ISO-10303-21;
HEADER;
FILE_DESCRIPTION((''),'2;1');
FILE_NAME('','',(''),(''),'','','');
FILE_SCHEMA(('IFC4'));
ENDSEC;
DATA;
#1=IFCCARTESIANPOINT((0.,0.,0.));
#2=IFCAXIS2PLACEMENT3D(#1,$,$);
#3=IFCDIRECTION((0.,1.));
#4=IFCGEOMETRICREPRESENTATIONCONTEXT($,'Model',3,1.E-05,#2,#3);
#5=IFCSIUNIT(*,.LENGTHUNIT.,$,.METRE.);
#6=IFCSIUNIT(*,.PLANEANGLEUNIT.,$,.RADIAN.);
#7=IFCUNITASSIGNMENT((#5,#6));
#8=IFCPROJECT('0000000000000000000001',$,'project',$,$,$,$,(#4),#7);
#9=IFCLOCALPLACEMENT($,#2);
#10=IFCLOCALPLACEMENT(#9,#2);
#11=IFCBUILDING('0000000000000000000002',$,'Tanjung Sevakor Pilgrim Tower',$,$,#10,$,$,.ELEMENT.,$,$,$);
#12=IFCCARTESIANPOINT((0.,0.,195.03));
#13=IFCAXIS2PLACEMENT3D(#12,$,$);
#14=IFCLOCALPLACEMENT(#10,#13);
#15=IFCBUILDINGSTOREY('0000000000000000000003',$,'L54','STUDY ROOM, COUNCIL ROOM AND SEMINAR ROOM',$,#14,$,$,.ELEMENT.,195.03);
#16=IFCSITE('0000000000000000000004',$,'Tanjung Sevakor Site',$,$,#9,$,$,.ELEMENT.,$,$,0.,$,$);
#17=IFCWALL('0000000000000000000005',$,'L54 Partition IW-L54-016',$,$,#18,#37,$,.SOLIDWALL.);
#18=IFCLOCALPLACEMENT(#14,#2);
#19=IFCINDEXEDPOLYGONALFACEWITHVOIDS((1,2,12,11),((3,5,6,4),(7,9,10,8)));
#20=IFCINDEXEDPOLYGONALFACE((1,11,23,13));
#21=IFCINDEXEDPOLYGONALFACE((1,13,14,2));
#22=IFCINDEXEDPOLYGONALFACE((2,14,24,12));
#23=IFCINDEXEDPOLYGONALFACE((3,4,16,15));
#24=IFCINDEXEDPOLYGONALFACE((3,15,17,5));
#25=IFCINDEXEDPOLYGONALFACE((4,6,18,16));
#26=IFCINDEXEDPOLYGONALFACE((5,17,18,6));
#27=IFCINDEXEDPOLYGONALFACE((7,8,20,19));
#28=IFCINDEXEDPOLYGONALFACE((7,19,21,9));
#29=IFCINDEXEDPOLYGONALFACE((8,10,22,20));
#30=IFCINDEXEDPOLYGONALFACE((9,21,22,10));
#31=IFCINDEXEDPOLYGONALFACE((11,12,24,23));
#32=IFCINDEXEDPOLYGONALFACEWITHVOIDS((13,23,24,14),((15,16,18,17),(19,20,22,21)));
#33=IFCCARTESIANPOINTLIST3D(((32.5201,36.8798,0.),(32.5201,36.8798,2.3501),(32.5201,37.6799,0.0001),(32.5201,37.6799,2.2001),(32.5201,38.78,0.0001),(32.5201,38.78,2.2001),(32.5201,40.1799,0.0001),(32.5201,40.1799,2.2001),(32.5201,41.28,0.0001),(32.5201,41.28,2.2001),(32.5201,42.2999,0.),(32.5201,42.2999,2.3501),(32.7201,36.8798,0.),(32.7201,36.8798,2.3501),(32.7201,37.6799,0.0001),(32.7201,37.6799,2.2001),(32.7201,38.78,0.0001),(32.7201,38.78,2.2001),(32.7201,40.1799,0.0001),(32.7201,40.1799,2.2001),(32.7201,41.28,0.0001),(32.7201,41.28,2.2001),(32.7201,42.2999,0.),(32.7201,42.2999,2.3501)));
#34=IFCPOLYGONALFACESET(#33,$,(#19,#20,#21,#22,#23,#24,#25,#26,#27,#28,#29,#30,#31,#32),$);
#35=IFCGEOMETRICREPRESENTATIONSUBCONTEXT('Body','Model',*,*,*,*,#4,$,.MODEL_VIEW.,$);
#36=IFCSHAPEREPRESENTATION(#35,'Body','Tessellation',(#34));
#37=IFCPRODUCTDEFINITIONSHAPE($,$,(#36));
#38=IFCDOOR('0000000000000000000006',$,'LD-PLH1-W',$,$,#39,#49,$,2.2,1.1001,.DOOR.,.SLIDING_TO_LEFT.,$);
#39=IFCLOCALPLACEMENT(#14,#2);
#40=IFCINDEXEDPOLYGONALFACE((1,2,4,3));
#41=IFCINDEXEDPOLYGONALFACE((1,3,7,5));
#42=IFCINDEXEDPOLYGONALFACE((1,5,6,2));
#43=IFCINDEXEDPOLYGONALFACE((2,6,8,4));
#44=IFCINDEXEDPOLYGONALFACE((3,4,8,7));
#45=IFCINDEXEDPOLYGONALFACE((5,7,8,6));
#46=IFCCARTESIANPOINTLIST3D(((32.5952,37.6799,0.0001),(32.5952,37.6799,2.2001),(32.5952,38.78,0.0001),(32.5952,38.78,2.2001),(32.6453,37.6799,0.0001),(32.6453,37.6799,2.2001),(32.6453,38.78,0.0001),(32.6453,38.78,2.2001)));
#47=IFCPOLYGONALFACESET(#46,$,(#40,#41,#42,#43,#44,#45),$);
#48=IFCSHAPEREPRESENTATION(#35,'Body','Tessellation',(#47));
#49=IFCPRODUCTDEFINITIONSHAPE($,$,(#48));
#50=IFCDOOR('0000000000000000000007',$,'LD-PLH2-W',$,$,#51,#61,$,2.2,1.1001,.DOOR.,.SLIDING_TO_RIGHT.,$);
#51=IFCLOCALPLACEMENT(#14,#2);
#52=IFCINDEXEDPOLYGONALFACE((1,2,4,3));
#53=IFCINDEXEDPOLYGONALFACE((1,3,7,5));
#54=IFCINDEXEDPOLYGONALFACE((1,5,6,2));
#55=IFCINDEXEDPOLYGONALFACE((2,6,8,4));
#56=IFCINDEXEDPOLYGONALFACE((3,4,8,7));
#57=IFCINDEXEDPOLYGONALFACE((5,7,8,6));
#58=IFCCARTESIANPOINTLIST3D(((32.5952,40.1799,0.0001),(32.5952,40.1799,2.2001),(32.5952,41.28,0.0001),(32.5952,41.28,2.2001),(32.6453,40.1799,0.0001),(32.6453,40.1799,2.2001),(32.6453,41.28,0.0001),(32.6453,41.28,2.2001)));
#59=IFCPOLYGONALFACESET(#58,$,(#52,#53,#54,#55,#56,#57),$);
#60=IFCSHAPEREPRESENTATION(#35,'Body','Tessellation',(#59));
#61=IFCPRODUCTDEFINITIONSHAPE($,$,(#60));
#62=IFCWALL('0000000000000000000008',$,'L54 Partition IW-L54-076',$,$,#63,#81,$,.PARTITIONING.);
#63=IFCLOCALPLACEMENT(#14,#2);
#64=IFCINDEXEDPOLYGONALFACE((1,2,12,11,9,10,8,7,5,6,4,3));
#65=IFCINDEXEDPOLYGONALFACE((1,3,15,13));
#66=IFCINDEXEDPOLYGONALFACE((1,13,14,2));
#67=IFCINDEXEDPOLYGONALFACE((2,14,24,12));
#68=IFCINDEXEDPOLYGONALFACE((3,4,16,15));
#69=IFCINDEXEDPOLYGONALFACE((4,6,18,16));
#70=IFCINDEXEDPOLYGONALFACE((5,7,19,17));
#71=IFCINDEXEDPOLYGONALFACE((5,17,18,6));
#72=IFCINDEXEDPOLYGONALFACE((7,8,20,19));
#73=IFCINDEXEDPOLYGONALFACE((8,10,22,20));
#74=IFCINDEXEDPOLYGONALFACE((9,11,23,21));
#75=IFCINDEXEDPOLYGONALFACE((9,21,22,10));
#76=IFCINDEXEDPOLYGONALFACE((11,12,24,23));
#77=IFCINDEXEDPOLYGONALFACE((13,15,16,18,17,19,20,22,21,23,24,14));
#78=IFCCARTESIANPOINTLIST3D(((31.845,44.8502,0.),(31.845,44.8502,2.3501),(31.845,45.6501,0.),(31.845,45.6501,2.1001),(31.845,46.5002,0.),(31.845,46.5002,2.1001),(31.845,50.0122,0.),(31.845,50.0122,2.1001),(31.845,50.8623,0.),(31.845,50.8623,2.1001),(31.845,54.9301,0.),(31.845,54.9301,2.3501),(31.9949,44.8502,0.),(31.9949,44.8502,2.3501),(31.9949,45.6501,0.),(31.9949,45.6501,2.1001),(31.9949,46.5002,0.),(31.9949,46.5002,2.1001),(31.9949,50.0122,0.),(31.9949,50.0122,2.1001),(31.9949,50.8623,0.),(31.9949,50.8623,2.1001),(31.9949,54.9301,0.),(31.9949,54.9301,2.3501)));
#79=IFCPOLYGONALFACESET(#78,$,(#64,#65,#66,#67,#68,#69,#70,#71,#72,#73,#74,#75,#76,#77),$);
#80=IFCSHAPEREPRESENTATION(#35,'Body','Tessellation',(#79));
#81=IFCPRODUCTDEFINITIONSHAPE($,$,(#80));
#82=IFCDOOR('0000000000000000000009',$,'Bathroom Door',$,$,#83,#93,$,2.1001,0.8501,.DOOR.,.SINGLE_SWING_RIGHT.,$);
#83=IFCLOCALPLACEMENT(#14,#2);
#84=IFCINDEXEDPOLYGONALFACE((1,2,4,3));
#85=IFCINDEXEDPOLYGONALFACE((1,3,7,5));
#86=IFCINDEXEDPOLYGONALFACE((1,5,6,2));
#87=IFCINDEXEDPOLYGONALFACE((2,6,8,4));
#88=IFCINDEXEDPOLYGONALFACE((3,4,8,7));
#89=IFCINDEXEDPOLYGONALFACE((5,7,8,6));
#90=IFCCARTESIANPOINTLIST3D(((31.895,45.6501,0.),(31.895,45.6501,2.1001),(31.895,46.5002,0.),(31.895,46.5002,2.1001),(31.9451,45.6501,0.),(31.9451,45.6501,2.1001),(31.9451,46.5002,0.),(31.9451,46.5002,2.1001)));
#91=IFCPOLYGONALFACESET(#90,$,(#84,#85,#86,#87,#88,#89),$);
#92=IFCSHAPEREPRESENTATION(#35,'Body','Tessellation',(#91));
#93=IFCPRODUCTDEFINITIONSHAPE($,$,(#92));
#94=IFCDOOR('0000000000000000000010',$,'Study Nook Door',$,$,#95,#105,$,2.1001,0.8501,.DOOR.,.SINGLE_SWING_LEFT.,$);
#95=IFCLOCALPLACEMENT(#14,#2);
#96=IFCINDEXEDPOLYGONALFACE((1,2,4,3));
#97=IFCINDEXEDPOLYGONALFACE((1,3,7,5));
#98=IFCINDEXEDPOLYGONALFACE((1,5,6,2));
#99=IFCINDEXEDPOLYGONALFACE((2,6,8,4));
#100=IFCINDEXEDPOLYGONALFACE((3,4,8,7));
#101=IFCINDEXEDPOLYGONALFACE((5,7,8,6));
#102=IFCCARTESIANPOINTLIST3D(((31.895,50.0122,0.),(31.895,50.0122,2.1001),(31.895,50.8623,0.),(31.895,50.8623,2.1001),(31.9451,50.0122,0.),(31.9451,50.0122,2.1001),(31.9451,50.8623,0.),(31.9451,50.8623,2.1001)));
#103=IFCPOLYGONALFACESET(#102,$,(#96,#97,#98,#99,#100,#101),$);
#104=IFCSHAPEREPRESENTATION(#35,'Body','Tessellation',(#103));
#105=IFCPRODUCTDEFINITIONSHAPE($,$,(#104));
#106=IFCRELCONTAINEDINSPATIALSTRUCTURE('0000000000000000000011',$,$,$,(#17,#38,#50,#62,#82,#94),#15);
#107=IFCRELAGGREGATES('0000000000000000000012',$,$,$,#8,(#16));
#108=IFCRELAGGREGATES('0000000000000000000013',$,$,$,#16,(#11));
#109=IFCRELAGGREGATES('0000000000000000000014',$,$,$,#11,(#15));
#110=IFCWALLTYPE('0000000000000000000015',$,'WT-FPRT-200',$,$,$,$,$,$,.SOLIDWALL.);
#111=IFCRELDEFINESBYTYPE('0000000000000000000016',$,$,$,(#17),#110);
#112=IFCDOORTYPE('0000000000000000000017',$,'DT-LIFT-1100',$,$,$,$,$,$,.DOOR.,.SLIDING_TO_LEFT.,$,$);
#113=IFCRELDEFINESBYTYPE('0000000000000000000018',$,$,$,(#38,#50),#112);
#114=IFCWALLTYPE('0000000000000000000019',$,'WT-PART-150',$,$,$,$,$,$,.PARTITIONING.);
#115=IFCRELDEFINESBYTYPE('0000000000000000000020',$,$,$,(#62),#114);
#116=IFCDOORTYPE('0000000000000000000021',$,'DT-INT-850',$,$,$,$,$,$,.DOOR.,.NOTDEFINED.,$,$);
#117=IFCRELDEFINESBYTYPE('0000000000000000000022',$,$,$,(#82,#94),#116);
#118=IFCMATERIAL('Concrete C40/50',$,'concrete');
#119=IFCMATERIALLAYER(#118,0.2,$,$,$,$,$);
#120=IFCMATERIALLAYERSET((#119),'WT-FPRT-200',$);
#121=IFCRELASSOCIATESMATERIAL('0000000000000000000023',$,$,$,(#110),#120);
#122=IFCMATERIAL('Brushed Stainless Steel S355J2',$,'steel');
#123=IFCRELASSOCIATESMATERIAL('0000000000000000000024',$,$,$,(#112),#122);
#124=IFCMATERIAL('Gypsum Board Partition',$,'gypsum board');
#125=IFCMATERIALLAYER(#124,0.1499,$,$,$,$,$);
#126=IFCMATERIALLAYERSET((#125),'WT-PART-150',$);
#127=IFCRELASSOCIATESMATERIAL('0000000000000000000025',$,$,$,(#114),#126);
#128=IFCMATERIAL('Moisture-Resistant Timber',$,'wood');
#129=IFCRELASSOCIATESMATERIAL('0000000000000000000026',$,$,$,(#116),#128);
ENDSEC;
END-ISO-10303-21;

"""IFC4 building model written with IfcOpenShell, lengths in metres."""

from ifc_helpers import new_model, si_unit, direction, frame, frame_2d, origin, place, context, subcontext, project, spatial, rectangle, extrude, material, layer, layer_set, type_object, element, fill, save


model = new_model("IFC4")

# Units and contexts
model_context = context("Model", 3, precision=1e-05, world=origin(), true_north=direction((0.0, 1.0)))
body_context = subcontext(model_context, "Body", "Model", "MODEL_VIEW")
ifc_project = project(units=[si_unit("LENGTHUNIT", "METRE"), si_unit("PLANEANGLEUNIT", "RADIAN")], contexts=[model_context])

# Site, building, storey
site_placement = place(None, origin())
site = spatial("IfcSite", under=ifc_project, at=site_placement, Name="Tanjung Sevakor Site", CompositionType="ELEMENT", RefElevation=0.0)
building_placement = place(site_placement, origin())
building = spatial("IfcBuilding", under=site, at=building_placement, Name="Tanjung Sevakor Pilgrim Tower", CompositionType="ELEMENT")
storey_placement = place(building_placement, frame((0.0, 0.0, 195.03)))
storey = spatial("IfcBuildingStorey", under=building, at=storey_placement, Name="L54", Description="STUDY ROOM, COUNCIL ROOM AND SEMINAR ROOM", CompositionType="ELEMENT", Elevation=195.03)

# Shared definitions
ifc_material_1 = material(Name="Concrete C40/50", Category="concrete")
ifc_layer_1 = layer(ifc_material_1, 0.2)
ifc_layer_set_1 = layer_set([ifc_layer_1], Name="WT-FPRT-200")
wall_type_1 = type_object("IfcWallType", Name="WT-FPRT-200", PredefinedType="SOLIDWALL", material=ifc_layer_set_1)

# Walls, openings, doors
wall_1_placement = place(storey_placement, frame((32.6201, 36.8799, 0.0), z_axis=(0.0, 0.0, 1.0), x_axis=(0.0, 1.0, 0.0)))
wall_1 = element("IfcWall", 1, at=wall_1_placement, inside=storey, type_object=wall_type_1, Name="L54 Partition IW-L54-016", PredefinedType="SOLIDWALL", context=body_context, shape_type="SweptSolid", body=[
    extrude(rectangle(XDim=5.4202, YDim=0.2, at=frame_2d((2.71, 0.0))), origin(), (0.0, 0.0, 1.0), 2.3501),
])
opening_1_placement = place(wall_1_placement, frame((0.8, 0.0, 0.0)))
opening_1 = element("IfcOpeningElement", 2, at=opening_1_placement, cuts=wall_1, PredefinedType="OPENING", context=body_context, shape_type="SweptSolid", body=[
    extrude(rectangle(XDim=1.1001, YDim=2.2, at=frame_2d((0.55, 1.1001))), frame((0.0, 0.1099, 0.0), z_axis=(0.0, -1.0, 0.0), x_axis=(1.0, 0.0, 0.0)), (0.0, 0.0, 1.0), 0.22),
])
opening_2_placement = place(wall_1_placement, frame((3.3, 0.0, 0.0)))
opening_2 = element("IfcOpeningElement", 3, at=opening_2_placement, cuts=wall_1, PredefinedType="OPENING", context=body_context, shape_type="SweptSolid", body=[
    extrude(rectangle(XDim=1.1001, YDim=2.2, at=frame_2d((0.55, 1.1001))), frame((0.0, 0.1099, 0.0), z_axis=(0.0, -1.0, 0.0), x_axis=(1.0, 0.0, 0.0)), (0.0, 0.0, 1.0), 0.22),
])
ifc_material_2 = material(Name="Brushed Stainless Steel S355J2", Category="steel")
door_type_1 = type_object("IfcDoorType", Name="DT-LIFT-1100", OperationType="SLIDING_TO_LEFT", PredefinedType="DOOR", material=ifc_material_2)
door_1_placement = place(opening_1_placement, origin())
door_1 = element("IfcDoor", 4, at=door_1_placement, inside=storey, type_object=door_type_1, Name="LD-PLH1-W", OperationType="SLIDING_TO_LEFT", OverallHeight=2.2, OverallWidth=1.1001, PredefinedType="DOOR", context=body_context, shape_type="SweptSolid", body=[
    extrude(rectangle(XDim=1.1001, YDim=2.2, at=frame_2d((0.55, 1.1001))), frame((0.0, 0.0249, 0.0), z_axis=(0.0, -1.0, 0.0), x_axis=(1.0, 0.0, 0.0)), (0.0, 0.0, 1.0), 0.05),
])
fill(opening_1, door_1)
door_2_placement = place(opening_2_placement, origin())
door_2 = element("IfcDoor", 5, at=door_2_placement, inside=storey, type_object=door_type_1, Name="LD-PLH2-W", OperationType="SLIDING_TO_RIGHT", OverallHeight=2.2, OverallWidth=1.1001, PredefinedType="DOOR", context=body_context, shape_type="SweptSolid", body=[
    extrude(rectangle(XDim=1.1001, YDim=2.2, at=frame_2d((0.55, 1.1001))), frame((0.0, 0.0249, 0.0), z_axis=(0.0, -1.0, 0.0), x_axis=(1.0, 0.0, 0.0)), (0.0, 0.0, 1.0), 0.05),
])
fill(opening_2, door_2)
ifc_material_3 = material(Name="Gypsum Board Partition", Category="gypsum board")
ifc_layer_2 = layer(ifc_material_3, 0.1499)
ifc_layer_set_2 = layer_set([ifc_layer_2], Name="WT-PART-150")
wall_type_2 = type_object("IfcWallType", Name="WT-PART-150", PredefinedType="PARTITIONING", material=ifc_layer_set_2)
wall_2_placement = place(storey_placement, frame((31.9199, 44.8501, 0.0), z_axis=(0.0, 0.0, 1.0), x_axis=(0.0, 1.0, 0.0)))
wall_2 = element("IfcWall", 6, at=wall_2_placement, inside=storey, type_object=wall_type_2, Name="L54 Partition IW-L54-076", PredefinedType="PARTITIONING", context=body_context, shape_type="SweptSolid", body=[
    extrude(rectangle(XDim=10.0798, YDim=0.1499, at=frame_2d((5.04, 0.0))), origin(), (0.0, 0.0, 1.0), 2.3501),
])
opening_3_placement = place(wall_2_placement, frame((0.8, 0.0, 0.0)))
opening_3 = element("IfcOpeningElement", 7, at=opening_3_placement, cuts=wall_2, PredefinedType="OPENING", context=body_context, shape_type="SweptSolid", body=[
    extrude(rectangle(XDim=0.8501, YDim=2.1001, at=frame_2d((0.425, 1.05))), frame((0.0, 0.085, 0.0), z_axis=(0.0, -1.0, 0.0), x_axis=(1.0, 0.0, 0.0)), (0.0, 0.0, 1.0), 0.1699),
])
opening_4_placement = place(wall_2_placement, frame((5.1621, 0.0, 0.0)))
opening_4 = element("IfcOpeningElement", 8, at=opening_4_placement, cuts=wall_2, PredefinedType="OPENING", context=body_context, shape_type="SweptSolid", body=[
    extrude(rectangle(XDim=0.8501, YDim=2.1001, at=frame_2d((0.425, 1.05))), frame((0.0, 0.085, 0.0), z_axis=(0.0, -1.0, 0.0), x_axis=(1.0, 0.0, 0.0)), (0.0, 0.0, 1.0), 0.1699),
])
ifc_material_4 = material(Name="Moisture-Resistant Timber", Category="wood")
door_type_2 = type_object("IfcDoorType", Name="DT-INT-850", OperationType="NOTDEFINED", PredefinedType="DOOR", material=ifc_material_4)
door_3_placement = place(opening_3_placement, origin())
door_3 = element("IfcDoor", 9, at=door_3_placement, inside=storey, type_object=door_type_2, Name="Bathroom Door", OperationType="SINGLE_SWING_RIGHT", OverallHeight=2.1001, OverallWidth=0.8501, PredefinedType="DOOR", context=body_context, shape_type="SweptSolid", body=[
    extrude(rectangle(XDim=0.8501, YDim=2.1001, at=frame_2d((0.425, 1.05))), frame((0.0, 0.0249, 0.0), z_axis=(0.0, -1.0, 0.0), x_axis=(1.0, 0.0, 0.0)), (0.0, 0.0, 1.0), 0.05),
])
fill(opening_3, door_3)
door_4_placement = place(opening_4_placement, origin())
door_4 = element("IfcDoor", 10, at=door_4_placement, inside=storey, type_object=door_type_2, Name="Study Nook Door", OperationType="SINGLE_SWING_LEFT", OverallHeight=2.1001, OverallWidth=0.8501, PredefinedType="DOOR", context=body_context, shape_type="SweptSolid", body=[
    extrude(rectangle(XDim=0.8501, YDim=2.1001, at=frame_2d((0.425, 1.05))), frame((0.0, 0.0249, 0.0), z_axis=(0.0, -1.0, 0.0), x_axis=(1.0, 0.0, 0.0)), (0.0, 0.0, 1.0), 0.05),
])
fill(opening_4, door_4)

save(model, "model.ifc")
